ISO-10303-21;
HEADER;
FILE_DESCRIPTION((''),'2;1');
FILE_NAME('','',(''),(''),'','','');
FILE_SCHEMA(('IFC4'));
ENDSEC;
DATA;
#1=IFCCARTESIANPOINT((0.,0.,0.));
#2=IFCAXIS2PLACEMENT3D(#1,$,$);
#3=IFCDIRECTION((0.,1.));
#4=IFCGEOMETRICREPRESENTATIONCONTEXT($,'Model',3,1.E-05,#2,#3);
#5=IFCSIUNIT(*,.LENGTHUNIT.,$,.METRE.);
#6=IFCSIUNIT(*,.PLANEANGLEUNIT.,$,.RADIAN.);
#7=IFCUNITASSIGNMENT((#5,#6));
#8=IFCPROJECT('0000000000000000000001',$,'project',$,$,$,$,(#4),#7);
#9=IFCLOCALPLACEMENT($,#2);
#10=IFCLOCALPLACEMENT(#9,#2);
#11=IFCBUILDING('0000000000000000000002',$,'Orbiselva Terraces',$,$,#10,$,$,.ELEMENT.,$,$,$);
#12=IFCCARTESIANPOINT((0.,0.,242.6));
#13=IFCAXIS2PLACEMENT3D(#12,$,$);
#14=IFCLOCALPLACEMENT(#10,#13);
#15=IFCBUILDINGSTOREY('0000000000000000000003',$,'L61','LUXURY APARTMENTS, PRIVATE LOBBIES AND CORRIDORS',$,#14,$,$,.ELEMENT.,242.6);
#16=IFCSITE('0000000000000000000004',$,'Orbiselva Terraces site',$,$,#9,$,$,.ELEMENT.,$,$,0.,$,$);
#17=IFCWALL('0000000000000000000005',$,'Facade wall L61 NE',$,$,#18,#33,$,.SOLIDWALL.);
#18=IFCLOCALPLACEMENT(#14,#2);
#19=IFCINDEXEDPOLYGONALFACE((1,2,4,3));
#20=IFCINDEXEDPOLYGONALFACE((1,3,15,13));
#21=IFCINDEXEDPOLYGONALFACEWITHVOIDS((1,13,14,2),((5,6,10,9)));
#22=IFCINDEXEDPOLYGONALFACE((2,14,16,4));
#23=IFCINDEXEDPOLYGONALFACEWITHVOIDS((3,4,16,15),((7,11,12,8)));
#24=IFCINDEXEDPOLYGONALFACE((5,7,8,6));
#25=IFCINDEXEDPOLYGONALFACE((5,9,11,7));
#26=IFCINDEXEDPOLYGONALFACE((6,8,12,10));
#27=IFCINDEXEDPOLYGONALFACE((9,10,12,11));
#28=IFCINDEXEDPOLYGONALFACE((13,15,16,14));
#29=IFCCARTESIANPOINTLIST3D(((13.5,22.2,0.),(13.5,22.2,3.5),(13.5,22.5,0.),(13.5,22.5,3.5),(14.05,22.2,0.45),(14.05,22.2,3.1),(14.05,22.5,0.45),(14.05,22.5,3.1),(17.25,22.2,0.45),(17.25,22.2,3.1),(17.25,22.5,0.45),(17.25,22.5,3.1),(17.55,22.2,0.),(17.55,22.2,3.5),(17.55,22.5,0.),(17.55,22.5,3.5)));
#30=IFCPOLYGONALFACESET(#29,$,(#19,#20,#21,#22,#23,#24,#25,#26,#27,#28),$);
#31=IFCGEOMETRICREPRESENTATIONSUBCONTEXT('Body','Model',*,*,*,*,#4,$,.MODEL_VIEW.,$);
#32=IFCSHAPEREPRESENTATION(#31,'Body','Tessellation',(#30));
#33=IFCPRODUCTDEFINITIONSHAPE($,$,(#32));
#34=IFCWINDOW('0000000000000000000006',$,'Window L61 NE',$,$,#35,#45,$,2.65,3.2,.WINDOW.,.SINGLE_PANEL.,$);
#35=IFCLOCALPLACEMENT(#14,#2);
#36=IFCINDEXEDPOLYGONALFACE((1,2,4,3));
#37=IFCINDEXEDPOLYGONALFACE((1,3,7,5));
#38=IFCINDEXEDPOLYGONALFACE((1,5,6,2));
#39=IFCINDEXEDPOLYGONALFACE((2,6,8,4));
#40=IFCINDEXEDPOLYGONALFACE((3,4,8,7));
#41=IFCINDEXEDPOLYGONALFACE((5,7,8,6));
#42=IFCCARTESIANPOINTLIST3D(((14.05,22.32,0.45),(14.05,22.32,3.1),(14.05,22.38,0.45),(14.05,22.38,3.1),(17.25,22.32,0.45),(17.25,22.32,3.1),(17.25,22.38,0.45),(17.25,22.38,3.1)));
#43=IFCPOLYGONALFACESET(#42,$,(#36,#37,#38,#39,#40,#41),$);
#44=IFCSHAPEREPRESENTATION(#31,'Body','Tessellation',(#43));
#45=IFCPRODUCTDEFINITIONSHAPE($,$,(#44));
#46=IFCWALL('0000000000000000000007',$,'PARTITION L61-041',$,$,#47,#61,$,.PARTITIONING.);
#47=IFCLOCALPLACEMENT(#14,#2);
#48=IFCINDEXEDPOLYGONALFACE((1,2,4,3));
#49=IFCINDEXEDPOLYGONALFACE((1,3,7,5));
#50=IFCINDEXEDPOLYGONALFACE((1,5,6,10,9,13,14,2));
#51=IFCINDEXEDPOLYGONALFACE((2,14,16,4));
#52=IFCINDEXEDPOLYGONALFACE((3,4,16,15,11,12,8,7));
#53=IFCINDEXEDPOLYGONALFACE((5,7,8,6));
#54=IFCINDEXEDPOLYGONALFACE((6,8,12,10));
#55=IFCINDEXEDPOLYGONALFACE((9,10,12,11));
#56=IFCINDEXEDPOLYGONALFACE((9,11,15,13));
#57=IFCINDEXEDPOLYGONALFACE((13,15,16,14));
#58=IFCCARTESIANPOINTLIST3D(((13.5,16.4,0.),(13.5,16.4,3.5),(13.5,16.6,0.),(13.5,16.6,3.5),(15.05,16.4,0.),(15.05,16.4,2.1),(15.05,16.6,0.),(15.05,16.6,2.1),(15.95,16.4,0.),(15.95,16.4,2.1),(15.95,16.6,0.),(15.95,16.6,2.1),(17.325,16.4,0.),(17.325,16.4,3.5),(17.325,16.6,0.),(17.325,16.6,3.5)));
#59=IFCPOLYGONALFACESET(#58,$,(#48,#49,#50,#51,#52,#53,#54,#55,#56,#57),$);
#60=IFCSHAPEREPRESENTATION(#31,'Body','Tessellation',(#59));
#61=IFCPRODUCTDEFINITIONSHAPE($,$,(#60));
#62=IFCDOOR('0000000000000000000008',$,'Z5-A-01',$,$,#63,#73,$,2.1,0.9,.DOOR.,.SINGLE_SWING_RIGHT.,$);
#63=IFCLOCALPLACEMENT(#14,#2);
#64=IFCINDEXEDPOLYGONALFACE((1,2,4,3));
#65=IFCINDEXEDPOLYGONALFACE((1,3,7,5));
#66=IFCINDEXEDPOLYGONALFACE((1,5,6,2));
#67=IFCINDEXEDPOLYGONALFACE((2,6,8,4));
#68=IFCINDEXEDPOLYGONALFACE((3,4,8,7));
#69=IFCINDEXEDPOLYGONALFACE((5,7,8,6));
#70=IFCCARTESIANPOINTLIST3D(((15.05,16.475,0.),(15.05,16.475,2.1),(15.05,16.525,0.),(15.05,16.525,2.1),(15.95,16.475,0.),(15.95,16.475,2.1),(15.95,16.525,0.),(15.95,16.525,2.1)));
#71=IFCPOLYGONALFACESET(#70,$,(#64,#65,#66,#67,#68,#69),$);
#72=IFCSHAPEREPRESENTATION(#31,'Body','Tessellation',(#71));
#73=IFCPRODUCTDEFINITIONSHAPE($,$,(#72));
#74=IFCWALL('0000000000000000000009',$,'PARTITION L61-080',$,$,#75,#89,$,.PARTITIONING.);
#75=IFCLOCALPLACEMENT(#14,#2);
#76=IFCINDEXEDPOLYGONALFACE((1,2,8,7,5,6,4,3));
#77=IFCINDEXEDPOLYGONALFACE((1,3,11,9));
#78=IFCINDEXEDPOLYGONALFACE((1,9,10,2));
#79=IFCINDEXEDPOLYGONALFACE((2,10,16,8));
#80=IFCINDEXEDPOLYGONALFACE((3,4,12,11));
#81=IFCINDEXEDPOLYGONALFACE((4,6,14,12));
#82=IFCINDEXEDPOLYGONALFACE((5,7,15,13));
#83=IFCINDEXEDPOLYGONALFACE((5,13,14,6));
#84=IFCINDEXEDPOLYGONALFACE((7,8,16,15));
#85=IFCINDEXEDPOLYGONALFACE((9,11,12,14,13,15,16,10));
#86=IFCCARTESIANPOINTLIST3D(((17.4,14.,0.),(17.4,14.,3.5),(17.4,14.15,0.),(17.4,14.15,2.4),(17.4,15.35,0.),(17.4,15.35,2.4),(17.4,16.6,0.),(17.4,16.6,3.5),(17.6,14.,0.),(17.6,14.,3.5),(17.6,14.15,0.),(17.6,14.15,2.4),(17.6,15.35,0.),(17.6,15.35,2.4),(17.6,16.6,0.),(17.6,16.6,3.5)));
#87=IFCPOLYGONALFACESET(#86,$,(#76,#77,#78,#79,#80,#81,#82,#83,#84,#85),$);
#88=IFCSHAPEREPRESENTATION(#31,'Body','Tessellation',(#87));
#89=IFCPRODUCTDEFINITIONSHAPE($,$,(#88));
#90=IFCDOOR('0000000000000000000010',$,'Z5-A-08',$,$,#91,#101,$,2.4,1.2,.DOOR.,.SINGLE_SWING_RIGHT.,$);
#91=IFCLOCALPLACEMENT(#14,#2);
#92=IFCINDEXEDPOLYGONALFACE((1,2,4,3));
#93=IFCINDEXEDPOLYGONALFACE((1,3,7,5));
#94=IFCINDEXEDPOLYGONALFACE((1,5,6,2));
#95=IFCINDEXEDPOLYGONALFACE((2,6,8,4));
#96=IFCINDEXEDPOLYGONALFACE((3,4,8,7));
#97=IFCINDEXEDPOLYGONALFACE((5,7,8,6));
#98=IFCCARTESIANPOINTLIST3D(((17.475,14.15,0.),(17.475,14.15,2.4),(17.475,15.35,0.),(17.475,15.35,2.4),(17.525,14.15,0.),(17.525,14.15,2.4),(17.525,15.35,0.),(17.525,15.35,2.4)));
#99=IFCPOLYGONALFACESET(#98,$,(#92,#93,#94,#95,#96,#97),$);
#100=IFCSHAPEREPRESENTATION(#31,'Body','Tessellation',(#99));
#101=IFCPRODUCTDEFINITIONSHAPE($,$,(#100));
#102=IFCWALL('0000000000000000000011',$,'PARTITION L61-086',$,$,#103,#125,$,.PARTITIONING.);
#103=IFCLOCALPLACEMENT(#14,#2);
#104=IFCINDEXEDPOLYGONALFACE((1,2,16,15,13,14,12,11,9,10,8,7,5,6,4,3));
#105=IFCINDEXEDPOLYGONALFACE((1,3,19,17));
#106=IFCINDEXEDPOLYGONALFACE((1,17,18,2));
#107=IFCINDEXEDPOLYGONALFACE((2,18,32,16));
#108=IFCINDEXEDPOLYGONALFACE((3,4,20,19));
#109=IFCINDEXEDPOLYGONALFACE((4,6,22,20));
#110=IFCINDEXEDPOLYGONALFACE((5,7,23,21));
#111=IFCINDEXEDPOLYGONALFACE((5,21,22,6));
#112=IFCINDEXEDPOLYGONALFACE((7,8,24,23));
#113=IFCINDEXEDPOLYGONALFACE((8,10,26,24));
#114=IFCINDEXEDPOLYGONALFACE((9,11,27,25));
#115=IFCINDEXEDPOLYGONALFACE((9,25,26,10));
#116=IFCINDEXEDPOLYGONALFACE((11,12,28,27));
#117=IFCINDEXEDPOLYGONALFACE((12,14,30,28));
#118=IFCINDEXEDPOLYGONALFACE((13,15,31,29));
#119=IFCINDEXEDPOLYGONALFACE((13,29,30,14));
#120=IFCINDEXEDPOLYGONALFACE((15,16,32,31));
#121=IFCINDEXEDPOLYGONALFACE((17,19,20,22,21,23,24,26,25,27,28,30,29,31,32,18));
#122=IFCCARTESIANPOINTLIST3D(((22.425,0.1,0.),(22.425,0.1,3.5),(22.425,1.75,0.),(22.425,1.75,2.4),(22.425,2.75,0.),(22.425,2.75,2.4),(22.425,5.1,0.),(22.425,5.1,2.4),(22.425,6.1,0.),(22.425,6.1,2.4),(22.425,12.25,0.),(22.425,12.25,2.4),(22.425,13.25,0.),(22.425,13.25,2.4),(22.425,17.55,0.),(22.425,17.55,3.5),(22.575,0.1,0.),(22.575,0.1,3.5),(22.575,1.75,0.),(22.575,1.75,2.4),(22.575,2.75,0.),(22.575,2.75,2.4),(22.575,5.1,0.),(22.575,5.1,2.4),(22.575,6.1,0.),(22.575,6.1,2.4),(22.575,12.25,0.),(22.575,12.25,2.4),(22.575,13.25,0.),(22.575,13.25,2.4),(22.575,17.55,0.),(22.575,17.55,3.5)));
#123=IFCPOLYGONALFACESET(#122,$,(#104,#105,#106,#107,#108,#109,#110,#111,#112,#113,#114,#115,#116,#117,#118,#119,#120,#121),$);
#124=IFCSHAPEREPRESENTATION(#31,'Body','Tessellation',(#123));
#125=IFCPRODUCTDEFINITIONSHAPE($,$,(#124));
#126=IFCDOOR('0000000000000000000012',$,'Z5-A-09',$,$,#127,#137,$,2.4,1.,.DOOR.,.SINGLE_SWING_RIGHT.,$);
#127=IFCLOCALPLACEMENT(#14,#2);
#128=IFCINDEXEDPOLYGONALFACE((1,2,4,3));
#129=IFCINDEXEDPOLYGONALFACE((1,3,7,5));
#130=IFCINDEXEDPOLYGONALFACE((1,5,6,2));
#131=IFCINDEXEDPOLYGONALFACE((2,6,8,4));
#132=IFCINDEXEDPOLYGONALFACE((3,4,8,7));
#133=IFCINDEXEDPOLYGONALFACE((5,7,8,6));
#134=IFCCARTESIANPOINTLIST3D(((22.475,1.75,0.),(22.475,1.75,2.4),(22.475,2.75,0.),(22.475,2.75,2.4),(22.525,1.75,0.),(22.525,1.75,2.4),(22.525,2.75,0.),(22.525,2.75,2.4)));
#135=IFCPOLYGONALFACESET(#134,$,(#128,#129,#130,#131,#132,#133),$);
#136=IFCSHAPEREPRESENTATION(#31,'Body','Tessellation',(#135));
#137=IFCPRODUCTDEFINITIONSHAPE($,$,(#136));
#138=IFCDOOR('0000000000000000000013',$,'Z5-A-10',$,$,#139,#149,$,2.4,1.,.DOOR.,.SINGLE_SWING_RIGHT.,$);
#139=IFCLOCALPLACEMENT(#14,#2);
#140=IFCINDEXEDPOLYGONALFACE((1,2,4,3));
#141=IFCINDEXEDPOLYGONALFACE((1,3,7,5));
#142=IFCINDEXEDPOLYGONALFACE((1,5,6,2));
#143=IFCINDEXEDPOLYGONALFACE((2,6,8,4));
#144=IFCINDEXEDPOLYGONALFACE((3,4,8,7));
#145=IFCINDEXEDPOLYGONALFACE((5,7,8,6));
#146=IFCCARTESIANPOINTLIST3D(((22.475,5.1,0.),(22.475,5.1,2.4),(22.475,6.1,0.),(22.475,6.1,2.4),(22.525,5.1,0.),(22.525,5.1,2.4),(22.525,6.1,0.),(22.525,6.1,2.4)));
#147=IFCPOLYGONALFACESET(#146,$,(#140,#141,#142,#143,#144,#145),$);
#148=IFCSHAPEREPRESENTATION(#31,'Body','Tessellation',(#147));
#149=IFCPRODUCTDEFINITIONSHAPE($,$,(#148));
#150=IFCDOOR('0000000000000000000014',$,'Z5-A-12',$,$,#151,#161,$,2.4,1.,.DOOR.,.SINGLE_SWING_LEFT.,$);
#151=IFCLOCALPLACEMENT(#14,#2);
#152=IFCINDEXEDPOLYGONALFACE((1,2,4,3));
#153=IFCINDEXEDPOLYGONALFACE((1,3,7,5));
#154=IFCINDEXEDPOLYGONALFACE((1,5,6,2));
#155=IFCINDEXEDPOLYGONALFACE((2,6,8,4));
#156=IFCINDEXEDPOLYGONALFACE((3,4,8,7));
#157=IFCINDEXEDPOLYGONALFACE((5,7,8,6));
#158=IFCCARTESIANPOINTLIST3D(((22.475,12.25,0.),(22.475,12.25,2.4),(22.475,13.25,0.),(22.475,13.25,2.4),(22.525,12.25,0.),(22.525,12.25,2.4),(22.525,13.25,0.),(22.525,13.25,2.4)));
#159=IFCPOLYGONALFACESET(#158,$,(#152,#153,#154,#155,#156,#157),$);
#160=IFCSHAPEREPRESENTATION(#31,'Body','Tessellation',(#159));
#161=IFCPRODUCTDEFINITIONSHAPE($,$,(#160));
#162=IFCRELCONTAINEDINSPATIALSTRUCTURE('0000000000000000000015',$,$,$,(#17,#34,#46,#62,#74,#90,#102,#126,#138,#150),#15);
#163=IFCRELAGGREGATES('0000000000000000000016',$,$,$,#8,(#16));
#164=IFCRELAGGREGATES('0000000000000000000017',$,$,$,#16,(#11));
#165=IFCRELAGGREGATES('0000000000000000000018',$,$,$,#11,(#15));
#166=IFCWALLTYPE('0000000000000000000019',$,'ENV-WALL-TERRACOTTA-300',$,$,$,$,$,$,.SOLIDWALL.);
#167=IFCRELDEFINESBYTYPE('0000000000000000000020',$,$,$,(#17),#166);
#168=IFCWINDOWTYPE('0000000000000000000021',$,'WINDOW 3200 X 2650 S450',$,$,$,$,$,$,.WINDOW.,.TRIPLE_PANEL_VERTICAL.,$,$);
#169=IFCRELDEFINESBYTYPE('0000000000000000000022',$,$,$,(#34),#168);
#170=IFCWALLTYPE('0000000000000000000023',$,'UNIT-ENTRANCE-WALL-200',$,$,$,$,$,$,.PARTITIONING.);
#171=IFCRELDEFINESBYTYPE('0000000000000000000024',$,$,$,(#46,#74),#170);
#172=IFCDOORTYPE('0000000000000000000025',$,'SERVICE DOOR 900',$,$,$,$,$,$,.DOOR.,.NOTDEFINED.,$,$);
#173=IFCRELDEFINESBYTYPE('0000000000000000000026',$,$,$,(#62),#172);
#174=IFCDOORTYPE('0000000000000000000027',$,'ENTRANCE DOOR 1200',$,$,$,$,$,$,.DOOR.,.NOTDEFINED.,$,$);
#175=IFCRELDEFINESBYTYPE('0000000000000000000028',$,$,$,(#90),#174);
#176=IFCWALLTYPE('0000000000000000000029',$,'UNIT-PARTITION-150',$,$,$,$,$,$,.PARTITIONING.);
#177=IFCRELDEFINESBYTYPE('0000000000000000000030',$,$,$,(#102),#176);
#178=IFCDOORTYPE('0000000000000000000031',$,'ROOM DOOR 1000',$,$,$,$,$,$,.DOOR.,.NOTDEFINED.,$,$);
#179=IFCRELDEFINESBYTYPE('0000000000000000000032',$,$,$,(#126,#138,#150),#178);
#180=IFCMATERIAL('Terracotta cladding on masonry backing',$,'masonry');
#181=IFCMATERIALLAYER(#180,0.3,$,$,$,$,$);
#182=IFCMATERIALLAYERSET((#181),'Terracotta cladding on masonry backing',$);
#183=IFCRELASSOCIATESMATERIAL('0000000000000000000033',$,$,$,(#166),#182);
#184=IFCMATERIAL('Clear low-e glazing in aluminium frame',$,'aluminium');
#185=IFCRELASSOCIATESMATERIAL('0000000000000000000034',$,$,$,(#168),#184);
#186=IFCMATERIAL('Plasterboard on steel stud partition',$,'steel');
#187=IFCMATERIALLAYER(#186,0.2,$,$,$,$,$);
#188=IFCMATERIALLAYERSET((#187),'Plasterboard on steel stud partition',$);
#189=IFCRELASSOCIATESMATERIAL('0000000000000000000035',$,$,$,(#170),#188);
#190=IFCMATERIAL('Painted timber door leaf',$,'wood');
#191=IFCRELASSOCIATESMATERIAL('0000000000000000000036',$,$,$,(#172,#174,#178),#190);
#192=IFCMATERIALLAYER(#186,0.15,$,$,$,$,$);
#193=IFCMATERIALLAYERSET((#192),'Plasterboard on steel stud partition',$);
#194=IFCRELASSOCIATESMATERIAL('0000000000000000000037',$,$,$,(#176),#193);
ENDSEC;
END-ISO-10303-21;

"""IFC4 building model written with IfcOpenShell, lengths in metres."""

from ifc_helpers import new_model, si_unit, direction, frame, frame_2d, origin, place, context, subcontext, project, spatial, rectangle, extrude, material, layer, layer_set, type_object, element, fill, save


model = new_model("IFC4")

# Units and contexts
model_context = context("Model", 3, precision=1e-05, world=origin(), true_north=direction((0.0, 1.0)))
body_context = subcontext(model_context, "Body", "Model", "MODEL_VIEW")
ifc_project = project(units=[si_unit("LENGTHUNIT", "METRE"), si_unit("PLANEANGLEUNIT", "RADIAN")], contexts=[model_context])

# Site, building, storey
site_placement = place(None, origin())
site = spatial("IfcSite", under=ifc_project, at=site_placement, Name="Orbiselva Terraces site", CompositionType="ELEMENT", RefElevation=0.0)
building_placement = place(site_placement, origin())
building = spatial("IfcBuilding", under=site, at=building_placement, Name="Orbiselva Terraces", CompositionType="ELEMENT")
storey_placement = place(building_placement, frame((0.0, 0.0, 242.6)))
storey = spatial("IfcBuildingStorey", under=building, at=storey_placement, Name="L61", Description="LUXURY APARTMENTS, PRIVATE LOBBIES AND CORRIDORS", CompositionType="ELEMENT", Elevation=242.6)

# Shared definitions
ifc_material_1 = material(Name="Terracotta cladding on masonry backing", Category="masonry")
ifc_layer_1 = layer(ifc_material_1, 0.3)
ifc_layer_set_1 = layer_set([ifc_layer_1], Name="Terracotta cladding on masonry backing")
wall_type_1 = type_object("IfcWallType", Name="ENV-WALL-TERRACOTTA-300", PredefinedType="SOLIDWALL", material=ifc_layer_set_1)
ifc_material_2 = material(Name="Clear low-e glazing in aluminium frame", Category="aluminium")

# Wall, opening, window
wall_1_placement = place(storey_placement, frame((13.5, 22.35, 0.0), z_axis=(0.0, 0.0, 1.0), x_axis=(1.0, 0.0, 0.0)))
wall_1 = element("IfcWall", 1, at=wall_1_placement, inside=storey, type_object=wall_type_1, Name="Facade wall L61 NE", PredefinedType="SOLIDWALL", context=body_context, shape_type="SweptSolid", body=[
    extrude(rectangle(XDim=4.05, YDim=0.3, at=frame_2d((2.025, 0.0))), origin(), (0.0, 0.0, 1.0), 3.5),
])
opening_1_placement = place(wall_1_placement, frame((0.55, 0.0, 0.45)))
opening_1 = element("IfcOpeningElement", 2, at=opening_1_placement, cuts=wall_1, PredefinedType="OPENING", context=body_context, shape_type="SweptSolid", body=[
    extrude(rectangle(XDim=3.2, YDim=2.65, at=frame_2d((1.6, 1.325))), frame((0.0, 0.16, 0.0), z_axis=(0.0, -1.0, 0.0), x_axis=(1.0, 0.0, 0.0)), (0.0, 0.0, 1.0), 0.32),
])
window_type = type_object("IfcWindowType", Name="WINDOW 3200 X 2650 S450", PartitioningType="TRIPLE_PANEL_VERTICAL", PredefinedType="WINDOW", material=ifc_material_2)
window_placement = place(opening_1_placement, origin())
window = element("IfcWindow", 3, at=window_placement, inside=storey, type_object=window_type, Name="Window L61 NE", OverallHeight=2.65, OverallWidth=3.2, PartitioningType="SINGLE_PANEL", PredefinedType="WINDOW", context=body_context, shape_type="SweptSolid", body=[
    extrude(rectangle(XDim=3.2, YDim=2.65, at=frame_2d((1.6, 1.325))), frame((0.0, 0.03, 0.0), z_axis=(0.0, -1.0, 0.0), x_axis=(1.0, 0.0, 0.0)), (0.0, 0.0, 1.0), 0.06),
])
fill(opening_1, window)

# Walls, openings, doors
ifc_material_3 = material(Name="Plasterboard on steel stud partition", Category="steel")
ifc_layer_2 = layer(ifc_material_3, 0.2)
ifc_layer_set_2 = layer_set([ifc_layer_2], Name="Plasterboard on steel stud partition")
wall_type_2 = type_object("IfcWallType", Name="UNIT-ENTRANCE-WALL-200", PredefinedType="PARTITIONING", material=ifc_layer_set_2)
wall_2_placement = place(storey_placement, frame((13.5, 16.5, 0.0), z_axis=(0.0, 0.0, 1.0), x_axis=(1.0, 0.0, 0.0)))
wall_2 = element("IfcWall", 4, at=wall_2_placement, inside=storey, type_object=wall_type_2, Name="PARTITION L61-041", PredefinedType="PARTITIONING", context=body_context, shape_type="SweptSolid", body=[
    extrude(rectangle(XDim=3.825, YDim=0.2, at=frame_2d((1.9125, 0.0))), origin(), (0.0, 0.0, 1.0), 3.5),
])
opening_2_placement = place(wall_2_placement, frame((1.55, 0.0, 0.0)))
opening_2 = element("IfcOpeningElement", 5, at=opening_2_placement, cuts=wall_2, PredefinedType="OPENING", context=body_context, shape_type="SweptSolid", body=[
    extrude(rectangle(XDim=0.9, YDim=2.1, at=frame_2d((0.45, 1.05))), frame((0.0, 0.11, 0.0), z_axis=(0.0, -1.0, 0.0), x_axis=(1.0, 0.0, 0.0)), (0.0, 0.0, 1.0), 0.22),
])
ifc_material_4 = material(Name="Painted timber door leaf", Category="wood")
door_type_1 = type_object("IfcDoorType", Name="SERVICE DOOR 900", OperationType="NOTDEFINED", PredefinedType="DOOR", material=ifc_material_4)
door_1_placement = place(opening_2_placement, origin())
door_1 = element("IfcDoor", 6, at=door_1_placement, inside=storey, type_object=door_type_1, Name="Z5-A-01", OperationType="SINGLE_SWING_RIGHT", OverallHeight=2.1, OverallWidth=0.9, PredefinedType="DOOR", context=body_context, shape_type="SweptSolid", body=[
    extrude(rectangle(XDim=0.9, YDim=2.1, at=frame_2d((0.45, 1.05))), frame((0.0, 0.025, 0.0), z_axis=(0.0, -1.0, 0.0), x_axis=(1.0, 0.0, 0.0)), (0.0, 0.0, 1.0), 0.05),
])
fill(opening_2, door_1)
wall_3_placement = place(storey_placement, frame((17.5, 16.6, 0.0), z_axis=(0.0, 0.0, 1.0), x_axis=(0.0, -1.0, 0.0)))
wall_3 = element("IfcWall", 7, at=wall_3_placement, inside=storey, type_object=wall_type_2, Name="PARTITION L61-080", PredefinedType="PARTITIONING", context=body_context, shape_type="SweptSolid", body=[
    extrude(rectangle(XDim=2.6, YDim=0.2, at=frame_2d((1.3, 0.0))), origin(), (0.0, 0.0, 1.0), 3.5),
])
opening_3_placement = place(wall_3_placement, frame((1.25, 0.0, 0.0)))
opening_3 = element("IfcOpeningElement", 8, at=opening_3_placement, cuts=wall_3, PredefinedType="OPENING", context=body_context, shape_type="SweptSolid", body=[
    extrude(rectangle(XDim=1.2, YDim=2.4, at=frame_2d((0.6, 1.2))), frame((0.0, 0.11, 0.0), z_axis=(0.0, -1.0, 0.0), x_axis=(1.0, 0.0, 0.0)), (0.0, 0.0, 1.0), 0.22),
])
door_type_2 = type_object("IfcDoorType", Name="ENTRANCE DOOR 1200", OperationType="NOTDEFINED", PredefinedType="DOOR", material=ifc_material_4)
door_2_placement = place(opening_3_placement, origin())
door_2 = element("IfcDoor", 9, at=door_2_placement, inside=storey, type_object=door_type_2, Name="Z5-A-08", OperationType="SINGLE_SWING_RIGHT", OverallHeight=2.4, OverallWidth=1.2, PredefinedType="DOOR", context=body_context, shape_type="SweptSolid", body=[
    extrude(rectangle(XDim=1.2, YDim=2.4, at=frame_2d((0.6, 1.2))), frame((0.0, 0.025, 0.0), z_axis=(0.0, -1.0, 0.0), x_axis=(1.0, 0.0, 0.0)), (0.0, 0.0, 1.0), 0.05),
])
fill(opening_3, door_2)

# Wall, openings, doors
ifc_layer_3 = layer(ifc_material_3, 0.15)
ifc_layer_set_3 = layer_set([ifc_layer_3], Name="Plasterboard on steel stud partition")
wall_type_3 = type_object("IfcWallType", Name="UNIT-PARTITION-150", PredefinedType="PARTITIONING", material=ifc_layer_set_3)
wall_4_placement = place(storey_placement, frame((22.5, 17.55, 0.0), z_axis=(0.0, 0.0, 1.0), x_axis=(0.0, -1.0, 0.0)))
wall_4 = element("IfcWall", 10, at=wall_4_placement, inside=storey, type_object=wall_type_3, Name="PARTITION L61-086", PredefinedType="PARTITIONING", context=body_context, shape_type="SweptSolid", body=[
    extrude(rectangle(XDim=17.45, YDim=0.15, at=frame_2d((8.725, 0.0))), origin(), (0.0, 0.0, 1.0), 3.5),
])
opening_4_placement = place(wall_4_placement, frame((14.8, 0.0, 0.0)))
opening_4 = element("IfcOpeningElement", 11, at=opening_4_placement, cuts=wall_4, PredefinedType="OPENING", context=body_context, shape_type="SweptSolid", body=[
    extrude(rectangle(XDim=1.0, YDim=2.4, at=frame_2d((0.5, 1.2))), frame((0.0, 0.085, 0.0), z_axis=(0.0, -1.0, 0.0), x_axis=(1.0, 0.0, 0.0)), (0.0, 0.0, 1.0), 0.17),
])
opening_5_placement = place(wall_4_placement, frame((11.45, 0.0, 0.0)))
opening_5 = element("IfcOpeningElement", 12, at=opening_5_placement, cuts=wall_4, PredefinedType="OPENING", context=body_context, shape_type="SweptSolid", body=[
    extrude(rectangle(XDim=1.0, YDim=2.4, at=frame_2d((0.5, 1.2))), frame((0.0, 0.085, 0.0), z_axis=(0.0, -1.0, 0.0), x_axis=(1.0, 0.0, 0.0)), (0.0, 0.0, 1.0), 0.17),
])
opening_6_placement = place(wall_4_placement, frame((4.3, 0.0, 0.0)))
opening_6 = element("IfcOpeningElement", 13, at=opening_6_placement, cuts=wall_4, PredefinedType="OPENING", context=body_context, shape_type="SweptSolid", body=[
    extrude(rectangle(XDim=1.0, YDim=2.4, at=frame_2d((0.5, 1.2))), frame((0.0, 0.085, 0.0), z_axis=(0.0, -1.0, 0.0), x_axis=(1.0, 0.0, 0.0)), (0.0, 0.0, 1.0), 0.17),
])
door_type_3 = type_object("IfcDoorType", Name="ROOM DOOR 1000", OperationType="NOTDEFINED", PredefinedType="DOOR", material=ifc_material_4)
door_3_placement = place(opening_4_placement, origin())
door_3 = element("IfcDoor", 14, at=door_3_placement, inside=storey, type_object=door_type_3, Name="Z5-A-09", OperationType="SINGLE_SWING_RIGHT", OverallHeight=2.4, OverallWidth=1.0, PredefinedType="DOOR", context=body_context, shape_type="SweptSolid", body=[
    extrude(rectangle(XDim=1.0, YDim=2.4, at=frame_2d((0.5, 1.2))), frame((0.0, 0.025, 0.0), z_axis=(0.0, -1.0, 0.0), x_axis=(1.0, 0.0, 0.0)), (0.0, 0.0, 1.0), 0.05),
])
fill(opening_4, door_3)
door_4_placement = place(opening_5_placement, origin())
door_4 = element("IfcDoor", 15, at=door_4_placement, inside=storey, type_object=door_type_3, Name="Z5-A-10", OperationType="SINGLE_SWING_RIGHT", OverallHeight=2.4, OverallWidth=1.0, PredefinedType="DOOR", context=body_context, shape_type="SweptSolid", body=[
    extrude(rectangle(XDim=1.0, YDim=2.4, at=frame_2d((0.5, 1.2))), frame((0.0, 0.025, 0.0), z_axis=(0.0, -1.0, 0.0), x_axis=(1.0, 0.0, 0.0)), (0.0, 0.0, 1.0), 0.05),
])
fill(opening_5, door_4)
door_5_placement = place(opening_6_placement, origin())
door_5 = element("IfcDoor", 16, at=door_5_placement, inside=storey, type_object=door_type_3, Name="Z5-A-12", OperationType="SINGLE_SWING_LEFT", OverallHeight=2.4, OverallWidth=1.0, PredefinedType="DOOR", context=body_context, shape_type="SweptSolid", body=[
    extrude(rectangle(XDim=1.0, YDim=2.4, at=frame_2d((0.5, 1.2))), frame((0.0, 0.025, 0.0), z_axis=(0.0, -1.0, 0.0), x_axis=(1.0, 0.0, 0.0)), (0.0, 0.0, 1.0), 0.05),
])
fill(opening_6, door_5)

save(model, "model.ifc")
